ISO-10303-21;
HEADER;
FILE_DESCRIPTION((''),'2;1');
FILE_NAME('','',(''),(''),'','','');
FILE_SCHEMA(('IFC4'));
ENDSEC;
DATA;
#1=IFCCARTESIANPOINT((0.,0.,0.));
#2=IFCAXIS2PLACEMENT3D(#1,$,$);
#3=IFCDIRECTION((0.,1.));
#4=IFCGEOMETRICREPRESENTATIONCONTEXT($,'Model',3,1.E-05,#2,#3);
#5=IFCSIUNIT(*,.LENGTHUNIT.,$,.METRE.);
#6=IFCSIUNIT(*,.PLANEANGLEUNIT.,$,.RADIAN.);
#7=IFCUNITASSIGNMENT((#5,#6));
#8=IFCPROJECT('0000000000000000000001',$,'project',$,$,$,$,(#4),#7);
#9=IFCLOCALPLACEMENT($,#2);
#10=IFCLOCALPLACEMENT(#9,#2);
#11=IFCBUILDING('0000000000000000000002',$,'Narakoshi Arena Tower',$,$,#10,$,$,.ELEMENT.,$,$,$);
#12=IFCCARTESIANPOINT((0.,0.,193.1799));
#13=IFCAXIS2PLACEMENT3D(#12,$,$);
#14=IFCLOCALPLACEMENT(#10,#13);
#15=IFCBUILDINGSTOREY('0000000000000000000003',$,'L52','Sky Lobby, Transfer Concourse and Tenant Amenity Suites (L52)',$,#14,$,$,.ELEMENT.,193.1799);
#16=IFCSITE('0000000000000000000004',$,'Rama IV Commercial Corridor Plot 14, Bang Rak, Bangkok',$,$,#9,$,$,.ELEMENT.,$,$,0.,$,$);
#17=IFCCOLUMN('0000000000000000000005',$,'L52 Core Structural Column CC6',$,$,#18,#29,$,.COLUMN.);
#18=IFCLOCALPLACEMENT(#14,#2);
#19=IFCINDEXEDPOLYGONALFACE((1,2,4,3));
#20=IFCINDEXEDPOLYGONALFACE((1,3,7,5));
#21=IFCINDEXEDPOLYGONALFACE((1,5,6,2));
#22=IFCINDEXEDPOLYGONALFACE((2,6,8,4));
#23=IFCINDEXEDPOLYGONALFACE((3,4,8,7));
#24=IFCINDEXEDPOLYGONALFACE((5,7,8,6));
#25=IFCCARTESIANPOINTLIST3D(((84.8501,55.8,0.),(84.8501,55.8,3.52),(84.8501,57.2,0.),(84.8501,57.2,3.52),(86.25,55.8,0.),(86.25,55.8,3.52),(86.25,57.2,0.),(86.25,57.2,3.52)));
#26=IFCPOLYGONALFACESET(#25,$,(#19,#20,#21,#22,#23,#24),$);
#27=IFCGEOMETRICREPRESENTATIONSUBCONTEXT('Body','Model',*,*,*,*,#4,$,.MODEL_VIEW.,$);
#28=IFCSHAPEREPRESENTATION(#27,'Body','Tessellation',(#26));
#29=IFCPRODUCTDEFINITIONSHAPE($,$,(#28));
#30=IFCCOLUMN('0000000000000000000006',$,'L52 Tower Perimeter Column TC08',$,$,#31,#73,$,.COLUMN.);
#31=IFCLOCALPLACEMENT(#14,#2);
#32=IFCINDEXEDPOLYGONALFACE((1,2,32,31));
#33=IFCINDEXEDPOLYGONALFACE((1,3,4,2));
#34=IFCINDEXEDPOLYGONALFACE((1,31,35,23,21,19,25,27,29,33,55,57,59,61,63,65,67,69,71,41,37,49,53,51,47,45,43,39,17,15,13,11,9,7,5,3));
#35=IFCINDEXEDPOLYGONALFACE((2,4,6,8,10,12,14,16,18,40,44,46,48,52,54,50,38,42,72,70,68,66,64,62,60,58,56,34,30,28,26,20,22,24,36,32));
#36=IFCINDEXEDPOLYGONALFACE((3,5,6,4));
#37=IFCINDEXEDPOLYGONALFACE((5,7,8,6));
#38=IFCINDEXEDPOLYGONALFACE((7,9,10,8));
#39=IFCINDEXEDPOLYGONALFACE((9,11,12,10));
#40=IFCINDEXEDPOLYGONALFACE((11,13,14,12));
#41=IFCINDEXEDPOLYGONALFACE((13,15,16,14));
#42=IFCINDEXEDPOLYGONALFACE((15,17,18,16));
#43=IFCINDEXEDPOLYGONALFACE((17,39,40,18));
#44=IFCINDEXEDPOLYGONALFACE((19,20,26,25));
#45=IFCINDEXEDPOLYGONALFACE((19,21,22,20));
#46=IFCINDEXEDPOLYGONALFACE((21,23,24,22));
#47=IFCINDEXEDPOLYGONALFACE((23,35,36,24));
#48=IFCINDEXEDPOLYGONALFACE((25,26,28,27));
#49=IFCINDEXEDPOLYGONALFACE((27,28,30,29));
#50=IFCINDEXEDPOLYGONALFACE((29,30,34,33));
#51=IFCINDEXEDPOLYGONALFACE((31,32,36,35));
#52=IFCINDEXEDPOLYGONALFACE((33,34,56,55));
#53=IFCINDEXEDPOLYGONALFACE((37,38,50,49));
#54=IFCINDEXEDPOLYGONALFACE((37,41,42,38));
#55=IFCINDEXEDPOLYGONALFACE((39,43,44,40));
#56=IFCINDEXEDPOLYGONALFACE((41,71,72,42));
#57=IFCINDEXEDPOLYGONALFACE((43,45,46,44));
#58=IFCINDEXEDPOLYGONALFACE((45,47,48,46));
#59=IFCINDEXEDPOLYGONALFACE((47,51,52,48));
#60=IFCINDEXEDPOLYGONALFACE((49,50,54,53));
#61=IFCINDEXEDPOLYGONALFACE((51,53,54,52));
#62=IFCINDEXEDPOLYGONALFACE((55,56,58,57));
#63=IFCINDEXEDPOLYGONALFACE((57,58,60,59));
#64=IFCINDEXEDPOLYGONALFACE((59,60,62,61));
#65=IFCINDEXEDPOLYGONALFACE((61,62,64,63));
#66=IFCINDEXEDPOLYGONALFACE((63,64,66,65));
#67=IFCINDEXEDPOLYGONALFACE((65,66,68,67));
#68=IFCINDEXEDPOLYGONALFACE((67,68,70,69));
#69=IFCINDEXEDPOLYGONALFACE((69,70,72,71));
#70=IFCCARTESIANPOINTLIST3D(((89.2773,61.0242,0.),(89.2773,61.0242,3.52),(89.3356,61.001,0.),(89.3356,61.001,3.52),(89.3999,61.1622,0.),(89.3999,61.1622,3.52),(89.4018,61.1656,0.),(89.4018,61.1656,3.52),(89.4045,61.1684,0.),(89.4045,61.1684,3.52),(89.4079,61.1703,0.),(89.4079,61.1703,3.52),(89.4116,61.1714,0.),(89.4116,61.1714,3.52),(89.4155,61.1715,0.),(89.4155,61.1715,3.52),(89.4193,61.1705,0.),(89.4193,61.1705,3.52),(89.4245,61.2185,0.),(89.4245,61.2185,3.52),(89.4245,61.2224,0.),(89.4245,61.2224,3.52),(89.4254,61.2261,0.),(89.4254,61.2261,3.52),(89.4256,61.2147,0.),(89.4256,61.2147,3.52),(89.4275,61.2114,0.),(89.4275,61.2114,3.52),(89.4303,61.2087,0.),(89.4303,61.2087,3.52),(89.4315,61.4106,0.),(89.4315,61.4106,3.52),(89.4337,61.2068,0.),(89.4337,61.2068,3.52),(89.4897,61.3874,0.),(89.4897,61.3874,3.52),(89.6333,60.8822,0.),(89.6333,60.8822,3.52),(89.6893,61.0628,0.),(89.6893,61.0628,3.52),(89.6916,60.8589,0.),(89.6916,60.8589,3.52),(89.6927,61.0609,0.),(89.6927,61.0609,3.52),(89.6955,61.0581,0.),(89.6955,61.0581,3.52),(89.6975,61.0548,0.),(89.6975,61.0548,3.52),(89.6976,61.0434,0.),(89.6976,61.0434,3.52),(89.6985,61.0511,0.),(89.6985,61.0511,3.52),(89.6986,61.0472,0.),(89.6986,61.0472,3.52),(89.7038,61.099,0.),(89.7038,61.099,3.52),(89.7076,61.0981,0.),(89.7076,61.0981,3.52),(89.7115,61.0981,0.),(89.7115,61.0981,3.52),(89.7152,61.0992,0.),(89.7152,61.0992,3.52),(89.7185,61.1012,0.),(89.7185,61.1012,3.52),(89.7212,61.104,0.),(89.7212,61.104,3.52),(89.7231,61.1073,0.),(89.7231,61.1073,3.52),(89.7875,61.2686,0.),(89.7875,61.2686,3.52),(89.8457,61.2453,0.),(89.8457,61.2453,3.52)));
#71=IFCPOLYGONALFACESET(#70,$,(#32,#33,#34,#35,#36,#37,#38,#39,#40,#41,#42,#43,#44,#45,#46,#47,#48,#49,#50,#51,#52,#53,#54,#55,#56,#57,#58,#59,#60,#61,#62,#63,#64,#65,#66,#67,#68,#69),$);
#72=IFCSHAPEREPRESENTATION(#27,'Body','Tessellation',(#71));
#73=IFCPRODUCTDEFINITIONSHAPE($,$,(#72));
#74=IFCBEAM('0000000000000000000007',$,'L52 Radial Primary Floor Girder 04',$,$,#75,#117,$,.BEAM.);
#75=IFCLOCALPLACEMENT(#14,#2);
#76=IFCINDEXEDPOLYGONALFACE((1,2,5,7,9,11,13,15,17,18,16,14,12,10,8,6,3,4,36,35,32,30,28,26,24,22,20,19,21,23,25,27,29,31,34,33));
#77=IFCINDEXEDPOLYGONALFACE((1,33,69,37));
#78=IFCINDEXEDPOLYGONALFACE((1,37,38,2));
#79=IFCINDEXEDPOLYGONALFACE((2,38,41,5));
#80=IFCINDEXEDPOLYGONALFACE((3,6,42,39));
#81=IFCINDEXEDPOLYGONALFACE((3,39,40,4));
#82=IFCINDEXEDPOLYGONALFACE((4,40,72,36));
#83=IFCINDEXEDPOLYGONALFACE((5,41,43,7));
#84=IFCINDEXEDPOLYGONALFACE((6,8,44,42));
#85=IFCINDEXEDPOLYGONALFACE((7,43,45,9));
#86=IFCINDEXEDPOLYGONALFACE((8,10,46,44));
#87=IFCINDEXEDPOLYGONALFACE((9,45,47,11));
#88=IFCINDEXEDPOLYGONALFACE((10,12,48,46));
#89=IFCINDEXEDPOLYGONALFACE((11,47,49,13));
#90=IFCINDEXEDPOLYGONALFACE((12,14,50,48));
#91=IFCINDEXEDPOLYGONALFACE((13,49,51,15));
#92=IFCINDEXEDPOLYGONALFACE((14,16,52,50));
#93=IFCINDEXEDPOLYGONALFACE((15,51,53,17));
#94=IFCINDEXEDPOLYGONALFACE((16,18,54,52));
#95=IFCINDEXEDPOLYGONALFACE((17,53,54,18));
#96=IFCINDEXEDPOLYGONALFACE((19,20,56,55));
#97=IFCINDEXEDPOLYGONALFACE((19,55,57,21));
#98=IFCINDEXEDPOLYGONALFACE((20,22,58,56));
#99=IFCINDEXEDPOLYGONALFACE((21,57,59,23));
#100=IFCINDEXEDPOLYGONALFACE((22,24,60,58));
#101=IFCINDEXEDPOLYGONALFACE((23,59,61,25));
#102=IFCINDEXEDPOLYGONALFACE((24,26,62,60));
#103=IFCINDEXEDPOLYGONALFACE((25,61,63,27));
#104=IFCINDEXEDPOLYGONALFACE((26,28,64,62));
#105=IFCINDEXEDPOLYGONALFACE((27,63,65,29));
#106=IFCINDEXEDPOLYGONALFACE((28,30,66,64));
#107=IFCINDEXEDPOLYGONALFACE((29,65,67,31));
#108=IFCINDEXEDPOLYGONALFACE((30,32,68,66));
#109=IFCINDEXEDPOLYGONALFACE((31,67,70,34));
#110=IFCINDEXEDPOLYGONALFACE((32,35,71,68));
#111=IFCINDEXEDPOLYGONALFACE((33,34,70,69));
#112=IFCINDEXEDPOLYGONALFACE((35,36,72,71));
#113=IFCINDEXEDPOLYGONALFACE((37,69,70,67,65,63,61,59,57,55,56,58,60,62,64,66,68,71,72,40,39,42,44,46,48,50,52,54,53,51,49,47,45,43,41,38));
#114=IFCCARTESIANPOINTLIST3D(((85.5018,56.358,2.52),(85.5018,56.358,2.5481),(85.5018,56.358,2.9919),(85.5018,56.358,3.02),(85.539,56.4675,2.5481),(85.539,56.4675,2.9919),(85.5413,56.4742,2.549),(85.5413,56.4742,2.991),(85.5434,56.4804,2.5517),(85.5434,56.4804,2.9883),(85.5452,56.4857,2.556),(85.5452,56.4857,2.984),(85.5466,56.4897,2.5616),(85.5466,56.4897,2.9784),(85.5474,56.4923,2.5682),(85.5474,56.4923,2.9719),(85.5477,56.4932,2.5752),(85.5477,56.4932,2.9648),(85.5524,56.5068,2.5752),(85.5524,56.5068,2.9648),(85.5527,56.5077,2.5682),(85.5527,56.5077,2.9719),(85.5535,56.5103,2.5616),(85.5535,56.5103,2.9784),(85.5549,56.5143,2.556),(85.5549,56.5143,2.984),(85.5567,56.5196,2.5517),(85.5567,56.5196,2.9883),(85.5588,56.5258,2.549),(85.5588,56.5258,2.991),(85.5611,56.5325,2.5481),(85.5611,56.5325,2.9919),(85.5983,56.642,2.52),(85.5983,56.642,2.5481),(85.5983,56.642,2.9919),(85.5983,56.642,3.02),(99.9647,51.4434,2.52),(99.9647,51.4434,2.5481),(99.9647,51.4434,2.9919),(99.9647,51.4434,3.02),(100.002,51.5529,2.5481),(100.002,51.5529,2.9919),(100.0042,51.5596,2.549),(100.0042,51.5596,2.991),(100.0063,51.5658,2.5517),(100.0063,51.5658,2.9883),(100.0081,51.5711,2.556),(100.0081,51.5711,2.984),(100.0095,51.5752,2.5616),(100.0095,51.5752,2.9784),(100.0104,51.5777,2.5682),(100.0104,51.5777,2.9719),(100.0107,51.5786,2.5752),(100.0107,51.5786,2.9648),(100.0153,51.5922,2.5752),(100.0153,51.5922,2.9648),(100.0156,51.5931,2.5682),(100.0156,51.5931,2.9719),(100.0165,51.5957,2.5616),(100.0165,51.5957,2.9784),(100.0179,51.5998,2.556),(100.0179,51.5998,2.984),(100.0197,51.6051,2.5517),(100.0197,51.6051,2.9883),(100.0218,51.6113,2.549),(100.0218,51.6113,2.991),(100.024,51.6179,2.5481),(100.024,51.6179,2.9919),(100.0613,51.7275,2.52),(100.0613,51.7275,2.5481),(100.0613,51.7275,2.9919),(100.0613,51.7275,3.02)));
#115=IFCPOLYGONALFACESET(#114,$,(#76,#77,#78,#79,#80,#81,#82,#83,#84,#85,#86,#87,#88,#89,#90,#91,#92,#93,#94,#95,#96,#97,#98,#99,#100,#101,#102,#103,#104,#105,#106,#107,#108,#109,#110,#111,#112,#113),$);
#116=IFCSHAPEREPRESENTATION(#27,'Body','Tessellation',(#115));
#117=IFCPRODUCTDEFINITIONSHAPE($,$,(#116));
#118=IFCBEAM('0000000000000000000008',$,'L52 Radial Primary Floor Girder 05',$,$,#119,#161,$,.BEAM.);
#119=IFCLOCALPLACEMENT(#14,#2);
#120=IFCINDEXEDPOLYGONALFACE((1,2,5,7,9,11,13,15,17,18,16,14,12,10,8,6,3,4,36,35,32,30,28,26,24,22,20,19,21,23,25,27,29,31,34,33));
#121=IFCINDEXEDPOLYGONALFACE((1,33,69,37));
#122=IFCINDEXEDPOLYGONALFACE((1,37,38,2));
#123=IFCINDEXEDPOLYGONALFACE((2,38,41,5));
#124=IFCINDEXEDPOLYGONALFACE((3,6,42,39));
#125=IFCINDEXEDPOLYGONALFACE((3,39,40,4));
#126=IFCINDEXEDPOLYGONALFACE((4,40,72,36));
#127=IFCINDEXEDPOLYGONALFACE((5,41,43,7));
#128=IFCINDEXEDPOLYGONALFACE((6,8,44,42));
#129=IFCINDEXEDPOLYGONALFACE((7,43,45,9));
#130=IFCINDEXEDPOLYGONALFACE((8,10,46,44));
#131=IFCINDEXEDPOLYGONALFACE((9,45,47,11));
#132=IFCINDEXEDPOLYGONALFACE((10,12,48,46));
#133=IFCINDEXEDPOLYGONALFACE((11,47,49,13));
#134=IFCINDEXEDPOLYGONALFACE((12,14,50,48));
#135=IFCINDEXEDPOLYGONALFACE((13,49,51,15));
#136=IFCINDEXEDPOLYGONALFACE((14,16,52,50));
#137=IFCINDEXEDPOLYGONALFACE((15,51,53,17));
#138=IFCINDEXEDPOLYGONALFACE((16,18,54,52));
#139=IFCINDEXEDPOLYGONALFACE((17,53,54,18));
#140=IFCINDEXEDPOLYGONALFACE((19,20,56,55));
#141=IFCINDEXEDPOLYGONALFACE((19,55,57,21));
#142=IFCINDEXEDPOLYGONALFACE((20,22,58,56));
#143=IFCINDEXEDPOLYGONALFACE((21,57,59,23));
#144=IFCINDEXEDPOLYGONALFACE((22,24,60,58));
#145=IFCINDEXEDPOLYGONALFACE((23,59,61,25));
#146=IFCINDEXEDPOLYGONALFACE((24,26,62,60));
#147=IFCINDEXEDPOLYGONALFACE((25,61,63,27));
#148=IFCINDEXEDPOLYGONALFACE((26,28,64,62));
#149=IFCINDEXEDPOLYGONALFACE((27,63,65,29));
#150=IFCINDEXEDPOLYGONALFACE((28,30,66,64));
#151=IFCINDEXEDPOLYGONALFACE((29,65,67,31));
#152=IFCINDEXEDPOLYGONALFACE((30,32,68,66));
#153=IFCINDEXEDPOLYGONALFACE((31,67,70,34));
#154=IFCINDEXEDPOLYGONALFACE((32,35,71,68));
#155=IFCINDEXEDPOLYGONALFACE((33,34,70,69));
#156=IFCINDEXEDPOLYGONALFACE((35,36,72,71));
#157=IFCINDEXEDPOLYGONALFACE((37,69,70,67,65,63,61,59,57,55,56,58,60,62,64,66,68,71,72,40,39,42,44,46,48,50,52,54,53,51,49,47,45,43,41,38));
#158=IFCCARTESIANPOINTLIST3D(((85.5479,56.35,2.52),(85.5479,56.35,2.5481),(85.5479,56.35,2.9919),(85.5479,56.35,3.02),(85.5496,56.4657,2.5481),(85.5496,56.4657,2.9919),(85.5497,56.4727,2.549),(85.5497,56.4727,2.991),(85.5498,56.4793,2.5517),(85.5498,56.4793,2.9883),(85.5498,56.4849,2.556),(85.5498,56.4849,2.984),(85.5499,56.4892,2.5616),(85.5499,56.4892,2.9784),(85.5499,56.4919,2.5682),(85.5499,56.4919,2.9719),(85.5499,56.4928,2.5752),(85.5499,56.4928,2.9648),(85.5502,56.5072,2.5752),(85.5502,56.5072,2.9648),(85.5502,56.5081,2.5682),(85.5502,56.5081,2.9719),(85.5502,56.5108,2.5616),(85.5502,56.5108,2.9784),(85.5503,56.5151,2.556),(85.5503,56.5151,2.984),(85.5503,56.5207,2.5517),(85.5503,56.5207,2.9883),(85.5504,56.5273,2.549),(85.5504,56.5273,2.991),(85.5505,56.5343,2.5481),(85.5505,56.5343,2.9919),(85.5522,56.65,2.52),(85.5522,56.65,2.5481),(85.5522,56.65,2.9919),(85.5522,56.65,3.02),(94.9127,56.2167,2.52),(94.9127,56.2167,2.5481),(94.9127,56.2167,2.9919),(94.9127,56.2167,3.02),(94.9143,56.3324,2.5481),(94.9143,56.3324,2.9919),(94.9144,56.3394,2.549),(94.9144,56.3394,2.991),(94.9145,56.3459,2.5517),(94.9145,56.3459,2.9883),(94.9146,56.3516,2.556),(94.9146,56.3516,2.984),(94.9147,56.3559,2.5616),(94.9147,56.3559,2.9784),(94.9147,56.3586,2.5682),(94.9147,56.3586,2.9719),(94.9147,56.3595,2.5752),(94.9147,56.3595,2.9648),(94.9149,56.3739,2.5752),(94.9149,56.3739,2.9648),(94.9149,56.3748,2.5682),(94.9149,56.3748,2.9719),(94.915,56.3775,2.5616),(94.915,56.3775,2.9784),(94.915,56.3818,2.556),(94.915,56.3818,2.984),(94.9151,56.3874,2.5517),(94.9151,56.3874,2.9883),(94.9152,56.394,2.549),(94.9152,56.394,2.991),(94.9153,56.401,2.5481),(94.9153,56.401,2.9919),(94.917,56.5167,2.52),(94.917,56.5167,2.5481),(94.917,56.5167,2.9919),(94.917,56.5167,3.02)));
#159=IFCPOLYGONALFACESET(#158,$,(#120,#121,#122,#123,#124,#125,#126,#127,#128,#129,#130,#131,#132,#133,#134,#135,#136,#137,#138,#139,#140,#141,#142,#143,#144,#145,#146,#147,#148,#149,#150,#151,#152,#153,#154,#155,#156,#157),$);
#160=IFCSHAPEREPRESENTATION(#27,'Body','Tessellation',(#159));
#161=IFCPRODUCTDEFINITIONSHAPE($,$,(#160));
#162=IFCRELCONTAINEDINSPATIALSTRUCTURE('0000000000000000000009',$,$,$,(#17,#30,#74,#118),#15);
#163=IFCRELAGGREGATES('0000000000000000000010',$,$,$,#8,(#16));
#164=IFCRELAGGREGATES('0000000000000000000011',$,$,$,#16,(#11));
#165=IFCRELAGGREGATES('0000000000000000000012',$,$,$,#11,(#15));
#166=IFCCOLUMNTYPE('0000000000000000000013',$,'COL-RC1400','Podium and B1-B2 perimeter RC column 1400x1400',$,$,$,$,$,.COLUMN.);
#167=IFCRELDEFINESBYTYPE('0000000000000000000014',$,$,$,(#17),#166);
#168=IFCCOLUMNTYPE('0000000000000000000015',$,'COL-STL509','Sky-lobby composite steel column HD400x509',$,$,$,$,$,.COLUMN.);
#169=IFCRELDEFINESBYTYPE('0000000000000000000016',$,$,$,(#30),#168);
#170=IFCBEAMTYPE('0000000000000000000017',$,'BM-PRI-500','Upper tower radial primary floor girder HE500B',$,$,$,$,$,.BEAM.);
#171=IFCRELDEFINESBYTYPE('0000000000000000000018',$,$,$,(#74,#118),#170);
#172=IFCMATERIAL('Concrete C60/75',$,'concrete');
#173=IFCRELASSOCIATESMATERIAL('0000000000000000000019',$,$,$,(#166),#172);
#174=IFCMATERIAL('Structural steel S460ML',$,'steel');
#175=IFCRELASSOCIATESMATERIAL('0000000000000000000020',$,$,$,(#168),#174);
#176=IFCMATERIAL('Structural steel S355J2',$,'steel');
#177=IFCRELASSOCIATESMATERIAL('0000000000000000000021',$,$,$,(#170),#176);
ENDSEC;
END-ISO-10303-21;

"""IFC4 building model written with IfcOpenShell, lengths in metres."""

from ifc_helpers import new_model, si_unit, direction, frame, origin, origin_2d, place, context, subcontext, project, spatial, rectangle, i_section, extrude, material, material_profile, profile_set, type_object, element, save


model = new_model("IFC4")

# Units and contexts
model_context = context("Model", 3, precision=1e-05, world=origin(), true_north=direction((0.0, 1.0)))
body_context = subcontext(model_context, "Body", "Model", "MODEL_VIEW")
ifc_project = project(units=[si_unit("LENGTHUNIT", "METRE"), si_unit("PLANEANGLEUNIT", "RADIAN")], contexts=[model_context])

# Site, building, storey
site_placement = place(None, origin())
site = spatial("IfcSite", under=ifc_project, at=site_placement, Name="Rama IV Commercial Corridor Plot 14, Bang Rak, Bangkok", CompositionType="ELEMENT", RefElevation=0.0)
building_placement = place(site_placement, origin())
building = spatial("IfcBuilding", under=site, at=building_placement, Name="Narakoshi Arena Tower", CompositionType="ELEMENT")
storey_placement = place(building_placement, frame((0.0, 0.0, 193.1799)))
storey = spatial("IfcBuildingStorey", under=building, at=storey_placement, Name="L52", Description="Sky Lobby, Transfer Concourse and Tenant Amenity Suites (L52)", CompositionType="ELEMENT", Elevation=193.1799)

# Columns
ifc_material_1 = material(Name="Concrete C60/75", Category="concrete")
ifc_material_profile_1 = material_profile(ifc_material_1, rectangle(XDim=1.3999, YDim=1.3999, at=origin_2d()), Name="RC1400x1400")
ifc_profile_set_1 = profile_set([ifc_material_profile_1], Name="Concrete C60/75")
column_type_1 = type_object("IfcColumnType", Name="COL-RC1400", Description="Podium and B1-B2 perimeter RC column 1400x1400", PredefinedType="COLUMN", material=ifc_profile_set_1)
column_1_placement = place(storey_placement, frame((85.55, 56.5, 0.0), z_axis=(0.0, 0.0, 1.0), x_axis=(1.0, 0.0, 0.0)))
element("IfcColumn", 1, at=column_1_placement, inside=storey, type_object=column_type_1, Name="L52 Core Structural Column CC6", PredefinedType="COLUMN", context=body_context, shape_type="SweptSolid", body=[
    extrude(rectangle(XDim=1.3999, YDim=1.3999, at=origin_2d()), origin(), (0.0, 0.0, 1.0), 3.52),
])
ifc_material_2 = material(Name="Structural steel S460ML", Category="steel")
ifc_material_profile_2 = material_profile(ifc_material_2, i_section(OverallWidth=0.416, OverallDepth=0.446, WebThickness=0.0391, FlangeThickness=0.0627, FilletRadius=0.0149, at=origin_2d()), Name="HD400x509")
ifc_profile_set_2 = profile_set([ifc_material_profile_2], Name="Structural steel S460ML")
column_type_2 = type_object("IfcColumnType", Name="COL-STL509", Description="Sky-lobby composite steel column HD400x509", PredefinedType="COLUMN", material=ifc_profile_set_2)
column_2_placement = place(storey_placement, frame((89.5615, 61.1348, 0.0), z_axis=(0.0, 0.0, 1.0), x_axis=(0.370557, 0.92881, 0.0)))
element("IfcColumn", 2, at=column_2_placement, inside=storey, type_object=column_type_2, Name="L52 Tower Perimeter Column TC08", PredefinedType="COLUMN", context=body_context, shape_type="SweptSolid", body=[
    extrude(i_section(OverallWidth=0.416, OverallDepth=0.446, WebThickness=0.0391, FlangeThickness=0.0627, FilletRadius=0.0149, at=origin_2d()), origin(), (0.0, 0.0, 1.0), 3.52),
])

# Beams
ifc_material_3 = material(Name="Structural steel S355J2", Category="steel")
ifc_material_profile_3 = material_profile(ifc_material_3, i_section(OverallWidth=0.3, OverallDepth=0.5, WebThickness=0.0144, FlangeThickness=0.0281, FilletRadius=0.0271, at=origin_2d()), Name="HE500B")
ifc_profile_set_3 = profile_set([ifc_material_profile_3], Name="Structural steel S355J2")
beam_type_1 = type_object("IfcBeamType", Name="BM-PRI-500", Description="Upper tower radial primary floor girder HE500B", PredefinedType="BEAM", material=ifc_profile_set_3)
beam_1_placement = place(storey_placement, frame((85.55, 56.5, 2.77), z_axis=(0.946829, -0.321737, 0.0), x_axis=(0.321737, 0.946829, 0.0)))
element("IfcBeam", 3, at=beam_1_placement, inside=storey, type_object=beam_type_1, Name="L52 Radial Primary Floor Girder 04", PredefinedType="BEAM", context=body_context, shape_type="SweptSolid", body=[
    extrude(i_section(OverallWidth=0.3, OverallDepth=0.5, WebThickness=0.0144, FlangeThickness=0.0281, FilletRadius=0.0271, at=origin_2d()), origin(), (0.0, 0.0, 1.0), 15.2751),
])
beam_2_placement = place(storey_placement, frame((85.55, 56.5, 2.77), z_axis=(0.999899, -0.014233, 0.0), x_axis=(0.014233, 0.999899, 0.0)))
element("IfcBeam", 4, at=beam_2_placement, inside=storey, type_object=beam_type_1, Name="L52 Radial Primary Floor Girder 05", PredefinedType="BEAM", context=body_context, shape_type="SweptSolid", body=[
    extrude(i_section(OverallWidth=0.3, OverallDepth=0.5, WebThickness=0.0144, FlangeThickness=0.0281, FilletRadius=0.0271, at=origin_2d()), origin(), (0.0, 0.0, 1.0), 9.3657),
])

save(model, "model.ifc")
